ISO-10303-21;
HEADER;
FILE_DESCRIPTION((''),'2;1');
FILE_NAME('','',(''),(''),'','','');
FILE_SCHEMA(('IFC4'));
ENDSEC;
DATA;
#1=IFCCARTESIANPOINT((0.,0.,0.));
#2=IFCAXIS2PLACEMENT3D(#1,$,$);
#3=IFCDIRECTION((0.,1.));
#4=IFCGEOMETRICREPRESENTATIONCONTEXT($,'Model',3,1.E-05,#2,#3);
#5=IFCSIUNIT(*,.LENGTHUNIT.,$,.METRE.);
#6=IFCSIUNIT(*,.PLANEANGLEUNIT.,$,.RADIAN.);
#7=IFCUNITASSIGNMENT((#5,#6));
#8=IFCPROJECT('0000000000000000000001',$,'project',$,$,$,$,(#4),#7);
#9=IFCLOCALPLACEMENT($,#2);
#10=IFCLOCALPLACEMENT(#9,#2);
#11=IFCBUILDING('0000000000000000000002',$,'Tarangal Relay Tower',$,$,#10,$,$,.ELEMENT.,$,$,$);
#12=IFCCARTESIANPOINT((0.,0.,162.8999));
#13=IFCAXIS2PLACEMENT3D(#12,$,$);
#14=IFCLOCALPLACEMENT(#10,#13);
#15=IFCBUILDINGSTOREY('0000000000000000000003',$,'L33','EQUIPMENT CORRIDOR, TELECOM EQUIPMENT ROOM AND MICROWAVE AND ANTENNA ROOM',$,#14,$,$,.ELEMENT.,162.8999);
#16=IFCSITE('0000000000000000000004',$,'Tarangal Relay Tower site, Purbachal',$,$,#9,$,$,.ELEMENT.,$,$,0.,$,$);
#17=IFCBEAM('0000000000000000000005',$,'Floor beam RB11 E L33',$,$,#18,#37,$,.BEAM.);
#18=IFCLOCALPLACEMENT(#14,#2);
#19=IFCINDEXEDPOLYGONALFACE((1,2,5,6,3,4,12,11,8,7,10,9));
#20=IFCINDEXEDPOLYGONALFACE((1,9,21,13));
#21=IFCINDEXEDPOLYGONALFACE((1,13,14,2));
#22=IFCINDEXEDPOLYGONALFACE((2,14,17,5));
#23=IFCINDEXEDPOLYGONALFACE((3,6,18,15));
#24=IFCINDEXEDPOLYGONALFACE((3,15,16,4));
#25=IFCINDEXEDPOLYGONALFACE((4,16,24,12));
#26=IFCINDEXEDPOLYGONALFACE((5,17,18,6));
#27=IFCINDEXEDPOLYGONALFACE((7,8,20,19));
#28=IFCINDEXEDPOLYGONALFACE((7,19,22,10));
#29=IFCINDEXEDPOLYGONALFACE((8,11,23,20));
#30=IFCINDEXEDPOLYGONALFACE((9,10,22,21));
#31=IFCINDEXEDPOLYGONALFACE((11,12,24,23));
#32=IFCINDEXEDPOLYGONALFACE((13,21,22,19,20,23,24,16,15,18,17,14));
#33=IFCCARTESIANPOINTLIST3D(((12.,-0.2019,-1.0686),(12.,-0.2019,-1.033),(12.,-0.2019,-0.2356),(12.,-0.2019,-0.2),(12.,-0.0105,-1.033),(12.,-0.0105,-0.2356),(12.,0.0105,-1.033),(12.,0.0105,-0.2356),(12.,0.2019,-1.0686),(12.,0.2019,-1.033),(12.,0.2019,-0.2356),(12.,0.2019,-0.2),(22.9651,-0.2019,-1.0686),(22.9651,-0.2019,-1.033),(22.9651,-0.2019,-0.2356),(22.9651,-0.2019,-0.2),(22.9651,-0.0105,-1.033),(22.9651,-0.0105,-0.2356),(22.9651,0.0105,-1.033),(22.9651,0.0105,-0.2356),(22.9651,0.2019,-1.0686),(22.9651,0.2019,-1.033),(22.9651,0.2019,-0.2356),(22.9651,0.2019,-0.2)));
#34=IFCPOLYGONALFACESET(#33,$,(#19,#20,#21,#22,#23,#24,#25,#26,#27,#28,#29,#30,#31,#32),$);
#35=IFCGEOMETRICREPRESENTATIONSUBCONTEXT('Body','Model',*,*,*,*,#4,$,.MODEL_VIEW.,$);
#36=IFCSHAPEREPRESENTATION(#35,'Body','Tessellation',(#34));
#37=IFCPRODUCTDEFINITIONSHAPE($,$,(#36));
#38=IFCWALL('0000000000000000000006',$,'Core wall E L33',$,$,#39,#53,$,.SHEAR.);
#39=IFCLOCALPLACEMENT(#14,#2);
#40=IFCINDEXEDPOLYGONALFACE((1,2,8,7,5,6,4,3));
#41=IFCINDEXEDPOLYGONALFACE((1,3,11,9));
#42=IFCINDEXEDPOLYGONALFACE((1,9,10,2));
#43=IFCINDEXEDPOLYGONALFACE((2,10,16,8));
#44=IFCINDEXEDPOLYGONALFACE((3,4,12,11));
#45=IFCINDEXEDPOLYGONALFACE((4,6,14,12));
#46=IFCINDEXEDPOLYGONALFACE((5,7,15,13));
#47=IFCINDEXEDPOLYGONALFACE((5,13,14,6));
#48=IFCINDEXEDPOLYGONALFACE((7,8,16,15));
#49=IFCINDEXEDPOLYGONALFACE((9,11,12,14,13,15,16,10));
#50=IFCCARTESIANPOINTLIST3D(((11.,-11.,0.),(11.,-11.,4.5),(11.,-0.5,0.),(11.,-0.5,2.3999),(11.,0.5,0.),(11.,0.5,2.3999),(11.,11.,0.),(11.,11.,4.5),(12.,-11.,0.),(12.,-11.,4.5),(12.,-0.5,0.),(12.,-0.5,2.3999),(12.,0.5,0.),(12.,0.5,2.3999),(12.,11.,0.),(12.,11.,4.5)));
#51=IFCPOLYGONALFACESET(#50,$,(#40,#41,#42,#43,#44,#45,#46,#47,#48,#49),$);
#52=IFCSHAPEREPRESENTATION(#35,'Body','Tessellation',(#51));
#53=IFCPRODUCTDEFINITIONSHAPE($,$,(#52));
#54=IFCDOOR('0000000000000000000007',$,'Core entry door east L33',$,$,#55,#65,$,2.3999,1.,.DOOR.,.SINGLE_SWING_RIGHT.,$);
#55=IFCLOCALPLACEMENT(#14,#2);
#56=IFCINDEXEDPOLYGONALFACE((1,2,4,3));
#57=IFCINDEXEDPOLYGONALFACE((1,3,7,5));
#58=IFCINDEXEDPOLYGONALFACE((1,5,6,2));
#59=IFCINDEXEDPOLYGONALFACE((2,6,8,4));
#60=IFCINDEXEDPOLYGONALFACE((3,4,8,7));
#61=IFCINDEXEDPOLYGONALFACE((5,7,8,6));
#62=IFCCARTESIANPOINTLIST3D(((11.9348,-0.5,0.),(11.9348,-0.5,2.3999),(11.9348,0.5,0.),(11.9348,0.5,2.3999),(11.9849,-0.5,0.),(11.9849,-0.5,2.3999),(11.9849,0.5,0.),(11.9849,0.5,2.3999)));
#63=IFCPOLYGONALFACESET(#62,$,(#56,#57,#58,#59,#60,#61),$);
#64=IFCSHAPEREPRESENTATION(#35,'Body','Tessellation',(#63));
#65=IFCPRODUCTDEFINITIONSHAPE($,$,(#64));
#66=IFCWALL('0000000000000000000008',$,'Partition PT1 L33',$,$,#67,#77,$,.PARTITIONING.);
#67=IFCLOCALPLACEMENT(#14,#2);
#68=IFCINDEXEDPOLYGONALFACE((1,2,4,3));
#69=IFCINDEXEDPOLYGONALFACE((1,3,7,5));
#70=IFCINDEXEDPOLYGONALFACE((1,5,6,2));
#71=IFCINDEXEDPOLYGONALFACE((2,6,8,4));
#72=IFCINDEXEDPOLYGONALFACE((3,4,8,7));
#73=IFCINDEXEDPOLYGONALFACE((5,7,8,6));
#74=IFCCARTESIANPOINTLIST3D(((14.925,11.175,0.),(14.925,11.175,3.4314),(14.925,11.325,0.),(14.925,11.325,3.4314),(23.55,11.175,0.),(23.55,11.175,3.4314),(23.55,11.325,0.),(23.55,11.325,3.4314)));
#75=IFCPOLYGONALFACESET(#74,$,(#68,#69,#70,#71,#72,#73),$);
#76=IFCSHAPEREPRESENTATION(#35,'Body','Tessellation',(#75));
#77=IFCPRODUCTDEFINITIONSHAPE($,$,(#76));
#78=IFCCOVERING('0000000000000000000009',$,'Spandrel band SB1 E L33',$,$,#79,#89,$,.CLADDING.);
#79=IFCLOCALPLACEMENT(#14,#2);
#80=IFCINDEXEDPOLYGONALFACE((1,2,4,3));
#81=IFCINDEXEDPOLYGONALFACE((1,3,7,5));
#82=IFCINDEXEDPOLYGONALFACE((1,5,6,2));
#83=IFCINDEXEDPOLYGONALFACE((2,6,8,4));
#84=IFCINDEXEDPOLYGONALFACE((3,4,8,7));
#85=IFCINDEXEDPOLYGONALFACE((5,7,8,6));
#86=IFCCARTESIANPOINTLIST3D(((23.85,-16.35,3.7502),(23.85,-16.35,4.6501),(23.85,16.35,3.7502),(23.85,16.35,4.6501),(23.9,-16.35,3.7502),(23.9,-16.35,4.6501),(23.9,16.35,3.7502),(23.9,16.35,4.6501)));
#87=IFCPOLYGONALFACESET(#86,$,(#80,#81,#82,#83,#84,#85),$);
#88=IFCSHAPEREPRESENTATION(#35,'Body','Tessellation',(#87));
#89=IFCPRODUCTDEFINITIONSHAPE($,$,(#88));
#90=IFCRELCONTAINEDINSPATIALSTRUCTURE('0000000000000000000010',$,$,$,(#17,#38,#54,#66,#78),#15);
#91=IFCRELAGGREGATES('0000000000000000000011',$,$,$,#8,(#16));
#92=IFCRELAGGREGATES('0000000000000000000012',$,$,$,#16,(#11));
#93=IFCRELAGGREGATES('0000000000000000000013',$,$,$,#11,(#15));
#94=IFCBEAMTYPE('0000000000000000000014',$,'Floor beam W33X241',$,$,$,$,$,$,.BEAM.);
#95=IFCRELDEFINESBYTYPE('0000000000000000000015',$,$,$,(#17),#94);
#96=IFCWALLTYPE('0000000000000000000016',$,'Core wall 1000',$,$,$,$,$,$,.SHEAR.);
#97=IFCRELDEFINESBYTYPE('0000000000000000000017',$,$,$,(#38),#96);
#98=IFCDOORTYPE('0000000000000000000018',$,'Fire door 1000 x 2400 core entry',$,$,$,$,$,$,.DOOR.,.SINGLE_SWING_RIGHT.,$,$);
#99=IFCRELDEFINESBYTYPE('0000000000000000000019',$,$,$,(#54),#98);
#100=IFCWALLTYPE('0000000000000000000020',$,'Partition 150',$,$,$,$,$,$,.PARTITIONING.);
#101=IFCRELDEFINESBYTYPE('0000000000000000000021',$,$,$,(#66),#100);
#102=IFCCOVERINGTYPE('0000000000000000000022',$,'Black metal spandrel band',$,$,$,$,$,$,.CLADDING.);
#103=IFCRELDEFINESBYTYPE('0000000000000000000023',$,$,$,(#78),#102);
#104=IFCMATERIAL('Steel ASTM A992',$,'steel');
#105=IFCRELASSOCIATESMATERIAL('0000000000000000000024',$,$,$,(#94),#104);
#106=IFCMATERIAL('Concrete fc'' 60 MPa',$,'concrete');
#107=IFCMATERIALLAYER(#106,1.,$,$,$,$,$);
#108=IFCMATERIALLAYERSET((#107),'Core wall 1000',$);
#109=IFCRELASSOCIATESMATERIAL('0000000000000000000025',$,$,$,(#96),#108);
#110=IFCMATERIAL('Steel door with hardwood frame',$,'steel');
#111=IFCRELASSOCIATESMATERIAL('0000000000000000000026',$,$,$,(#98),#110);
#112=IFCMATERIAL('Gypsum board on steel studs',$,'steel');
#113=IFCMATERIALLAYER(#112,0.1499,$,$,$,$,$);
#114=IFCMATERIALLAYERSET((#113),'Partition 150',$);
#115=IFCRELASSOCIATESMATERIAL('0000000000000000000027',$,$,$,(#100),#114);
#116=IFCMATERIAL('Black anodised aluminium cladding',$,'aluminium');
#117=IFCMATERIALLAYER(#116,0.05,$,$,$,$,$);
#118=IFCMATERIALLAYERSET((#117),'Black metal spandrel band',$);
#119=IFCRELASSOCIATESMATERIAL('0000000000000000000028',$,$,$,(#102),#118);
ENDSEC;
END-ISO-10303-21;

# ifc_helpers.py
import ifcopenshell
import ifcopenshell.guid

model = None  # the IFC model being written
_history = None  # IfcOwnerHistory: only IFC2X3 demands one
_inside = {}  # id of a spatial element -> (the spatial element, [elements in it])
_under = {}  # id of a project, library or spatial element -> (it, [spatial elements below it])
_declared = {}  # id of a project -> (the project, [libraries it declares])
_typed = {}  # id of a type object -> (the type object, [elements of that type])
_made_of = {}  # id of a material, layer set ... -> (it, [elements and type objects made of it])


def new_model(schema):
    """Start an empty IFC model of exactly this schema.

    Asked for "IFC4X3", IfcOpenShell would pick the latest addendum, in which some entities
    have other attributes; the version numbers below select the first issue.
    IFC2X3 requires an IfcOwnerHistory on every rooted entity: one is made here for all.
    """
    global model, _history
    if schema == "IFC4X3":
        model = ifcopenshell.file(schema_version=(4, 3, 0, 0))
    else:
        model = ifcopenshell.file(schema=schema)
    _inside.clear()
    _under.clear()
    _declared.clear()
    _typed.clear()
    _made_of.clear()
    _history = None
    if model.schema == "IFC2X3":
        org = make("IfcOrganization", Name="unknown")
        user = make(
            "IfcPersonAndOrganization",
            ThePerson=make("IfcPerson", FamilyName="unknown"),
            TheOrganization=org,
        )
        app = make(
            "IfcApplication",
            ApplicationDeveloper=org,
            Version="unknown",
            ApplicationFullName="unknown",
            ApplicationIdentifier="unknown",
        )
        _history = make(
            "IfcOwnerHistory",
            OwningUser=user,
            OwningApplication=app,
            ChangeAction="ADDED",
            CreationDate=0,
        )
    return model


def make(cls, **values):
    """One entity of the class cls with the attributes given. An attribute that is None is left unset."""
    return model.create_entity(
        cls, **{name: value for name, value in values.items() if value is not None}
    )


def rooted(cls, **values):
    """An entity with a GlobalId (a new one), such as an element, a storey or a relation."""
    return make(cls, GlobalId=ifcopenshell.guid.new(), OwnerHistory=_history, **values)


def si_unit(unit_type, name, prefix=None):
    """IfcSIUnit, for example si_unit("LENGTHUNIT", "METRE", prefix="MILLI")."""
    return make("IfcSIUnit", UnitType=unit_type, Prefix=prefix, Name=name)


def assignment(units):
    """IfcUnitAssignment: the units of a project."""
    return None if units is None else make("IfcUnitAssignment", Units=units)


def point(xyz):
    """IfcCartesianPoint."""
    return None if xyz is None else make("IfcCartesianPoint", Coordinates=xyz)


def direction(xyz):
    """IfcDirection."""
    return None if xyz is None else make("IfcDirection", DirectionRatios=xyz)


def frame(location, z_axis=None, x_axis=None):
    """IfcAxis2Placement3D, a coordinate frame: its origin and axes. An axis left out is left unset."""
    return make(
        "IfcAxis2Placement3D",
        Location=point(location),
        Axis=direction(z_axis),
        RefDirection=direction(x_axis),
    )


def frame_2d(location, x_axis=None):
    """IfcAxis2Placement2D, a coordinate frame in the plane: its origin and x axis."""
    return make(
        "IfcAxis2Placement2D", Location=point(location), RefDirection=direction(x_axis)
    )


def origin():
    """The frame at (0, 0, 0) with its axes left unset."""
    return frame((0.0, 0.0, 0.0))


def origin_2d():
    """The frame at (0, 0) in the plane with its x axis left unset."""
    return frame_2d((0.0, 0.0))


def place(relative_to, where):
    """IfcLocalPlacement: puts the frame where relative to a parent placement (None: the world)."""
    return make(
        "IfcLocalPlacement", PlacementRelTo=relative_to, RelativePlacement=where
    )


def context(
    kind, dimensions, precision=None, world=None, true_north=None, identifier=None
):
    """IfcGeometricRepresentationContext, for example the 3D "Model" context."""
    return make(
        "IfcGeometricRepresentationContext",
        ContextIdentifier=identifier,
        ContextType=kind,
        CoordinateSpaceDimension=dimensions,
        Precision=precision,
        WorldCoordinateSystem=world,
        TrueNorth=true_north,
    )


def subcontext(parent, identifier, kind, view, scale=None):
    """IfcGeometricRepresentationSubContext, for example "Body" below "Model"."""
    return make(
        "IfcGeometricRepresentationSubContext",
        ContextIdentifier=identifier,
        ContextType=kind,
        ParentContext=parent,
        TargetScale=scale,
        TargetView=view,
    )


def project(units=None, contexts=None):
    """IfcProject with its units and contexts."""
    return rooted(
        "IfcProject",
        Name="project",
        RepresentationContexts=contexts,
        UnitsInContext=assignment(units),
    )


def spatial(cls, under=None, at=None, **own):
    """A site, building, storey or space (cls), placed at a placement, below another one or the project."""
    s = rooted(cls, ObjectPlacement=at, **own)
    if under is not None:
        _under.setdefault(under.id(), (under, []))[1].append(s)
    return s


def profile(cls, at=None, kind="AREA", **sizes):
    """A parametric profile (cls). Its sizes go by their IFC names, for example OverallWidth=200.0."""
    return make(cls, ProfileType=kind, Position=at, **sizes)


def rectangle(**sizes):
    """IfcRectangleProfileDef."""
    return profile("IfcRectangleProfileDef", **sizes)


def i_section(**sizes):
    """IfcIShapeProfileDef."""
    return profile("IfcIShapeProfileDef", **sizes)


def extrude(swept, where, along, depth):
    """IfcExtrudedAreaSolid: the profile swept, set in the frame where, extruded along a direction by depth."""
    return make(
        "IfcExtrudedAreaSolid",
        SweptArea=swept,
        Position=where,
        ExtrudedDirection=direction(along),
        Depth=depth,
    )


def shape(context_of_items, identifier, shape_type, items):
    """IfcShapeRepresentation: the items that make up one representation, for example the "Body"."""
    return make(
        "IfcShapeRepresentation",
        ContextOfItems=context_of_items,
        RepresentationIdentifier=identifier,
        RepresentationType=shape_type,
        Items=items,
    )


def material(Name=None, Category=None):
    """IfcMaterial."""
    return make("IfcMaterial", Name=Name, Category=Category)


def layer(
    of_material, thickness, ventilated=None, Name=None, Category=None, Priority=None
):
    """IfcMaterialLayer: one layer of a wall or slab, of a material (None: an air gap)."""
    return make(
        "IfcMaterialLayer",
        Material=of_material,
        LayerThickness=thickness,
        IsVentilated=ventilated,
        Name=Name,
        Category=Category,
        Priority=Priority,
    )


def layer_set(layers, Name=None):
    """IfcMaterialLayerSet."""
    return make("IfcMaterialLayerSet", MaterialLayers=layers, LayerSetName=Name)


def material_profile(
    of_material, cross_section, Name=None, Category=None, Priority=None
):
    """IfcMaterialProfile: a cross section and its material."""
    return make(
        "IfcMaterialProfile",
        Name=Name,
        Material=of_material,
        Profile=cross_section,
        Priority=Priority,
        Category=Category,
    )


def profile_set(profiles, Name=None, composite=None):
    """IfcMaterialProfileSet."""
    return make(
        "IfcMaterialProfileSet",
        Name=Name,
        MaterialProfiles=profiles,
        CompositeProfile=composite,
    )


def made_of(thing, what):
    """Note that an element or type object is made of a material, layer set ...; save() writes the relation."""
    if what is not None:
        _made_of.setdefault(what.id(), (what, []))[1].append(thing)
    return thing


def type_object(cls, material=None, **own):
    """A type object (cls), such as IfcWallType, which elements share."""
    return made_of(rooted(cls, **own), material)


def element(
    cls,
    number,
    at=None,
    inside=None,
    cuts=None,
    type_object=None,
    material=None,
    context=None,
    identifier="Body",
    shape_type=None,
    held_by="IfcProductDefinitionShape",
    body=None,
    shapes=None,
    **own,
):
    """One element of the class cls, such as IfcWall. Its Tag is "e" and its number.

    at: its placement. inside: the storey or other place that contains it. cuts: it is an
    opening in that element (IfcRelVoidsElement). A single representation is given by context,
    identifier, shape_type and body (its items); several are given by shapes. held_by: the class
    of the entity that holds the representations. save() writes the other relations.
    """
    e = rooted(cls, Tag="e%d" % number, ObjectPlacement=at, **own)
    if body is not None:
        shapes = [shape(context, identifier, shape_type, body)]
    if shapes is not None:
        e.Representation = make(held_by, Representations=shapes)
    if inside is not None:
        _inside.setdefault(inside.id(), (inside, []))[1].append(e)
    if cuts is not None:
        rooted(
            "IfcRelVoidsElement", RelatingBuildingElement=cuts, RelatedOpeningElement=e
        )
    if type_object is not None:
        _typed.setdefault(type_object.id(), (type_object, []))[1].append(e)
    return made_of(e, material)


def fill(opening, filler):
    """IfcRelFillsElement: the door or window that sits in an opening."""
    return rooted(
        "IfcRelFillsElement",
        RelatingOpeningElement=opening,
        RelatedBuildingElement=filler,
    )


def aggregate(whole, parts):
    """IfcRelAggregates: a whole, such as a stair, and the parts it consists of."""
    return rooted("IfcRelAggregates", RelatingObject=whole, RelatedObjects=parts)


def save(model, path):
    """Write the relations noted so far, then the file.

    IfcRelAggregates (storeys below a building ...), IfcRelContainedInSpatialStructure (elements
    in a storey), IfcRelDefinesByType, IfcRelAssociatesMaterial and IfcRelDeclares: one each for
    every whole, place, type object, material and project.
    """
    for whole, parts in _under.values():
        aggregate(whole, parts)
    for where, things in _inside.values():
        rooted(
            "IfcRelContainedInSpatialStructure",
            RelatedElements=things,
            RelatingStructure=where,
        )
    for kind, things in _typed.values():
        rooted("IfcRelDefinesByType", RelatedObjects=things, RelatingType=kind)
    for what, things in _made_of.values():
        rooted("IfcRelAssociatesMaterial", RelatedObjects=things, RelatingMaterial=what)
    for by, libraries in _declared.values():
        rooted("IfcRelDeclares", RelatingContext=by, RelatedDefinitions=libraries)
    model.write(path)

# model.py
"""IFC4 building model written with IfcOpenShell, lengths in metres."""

from ifc_helpers import new_model, si_unit, direction, frame, frame_2d, origin, origin_2d, place, context, subcontext, project, spatial, rectangle, i_section, extrude, material, layer, layer_set, material_profile, profile_set, type_object, element, fill, save


model = new_model("IFC4")

# Units and contexts
model_context = context("Model", 3, precision=1e-05, world=origin(), true_north=direction((0.0, 1.0)))
body_context = subcontext(model_context, "Body", "Model", "MODEL_VIEW")
ifc_project = project(units=[si_unit("LENGTHUNIT", "METRE"), si_unit("PLANEANGLEUNIT", "RADIAN")], contexts=[model_context])

# Site, building, storey
site_placement = place(None, origin())
site = spatial("IfcSite", under=ifc_project, at=site_placement, Name="Tarangal Relay Tower site, Purbachal", CompositionType="ELEMENT", RefElevation=0.0)
building_placement = place(site_placement, origin())
building = spatial("IfcBuilding", under=site, at=building_placement, Name="Tarangal Relay Tower", CompositionType="ELEMENT")
storey_placement = place(building_placement, frame((0.0, 0.0, 162.8999)))
storey = spatial("IfcBuildingStorey", under=building, at=storey_placement, Name="L33", Description="EQUIPMENT CORRIDOR, TELECOM EQUIPMENT ROOM AND MICROWAVE AND ANTENNA ROOM", CompositionType="ELEMENT", Elevation=162.8999)

# Beam
ifc_material_1 = material(Name="Steel ASTM A992", Category="steel")
ifc_material_profile_1 = material_profile(ifc_material_1, i_section(OverallWidth=0.4038, OverallDepth=0.8687, WebThickness=0.021, FlangeThickness=0.0356, at=origin_2d()), Name="W33X241")
ifc_profile_set_1 = profile_set([ifc_material_profile_1], Name="Steel ASTM A992")
beam_type_1 = type_object("IfcBeamType", Name="Floor beam W33X241", PredefinedType="BEAM", material=ifc_profile_set_1)
for number, where, z_axis, x_axis, name in (
    (1, (12.0, 0.0, -0.6343), (1.0, 0.0, 0.0), (0.0, 1.0, 0.0), "Floor beam RB11 E L33"),
):
    element("IfcBeam", number, at=place(storey_placement, frame(where, z_axis=z_axis, x_axis=x_axis)), inside=storey, type_object=beam_type_1, Name=name, PredefinedType="BEAM", context=body_context, shape_type="SweptSolid", body=[
        extrude(i_section(OverallWidth=0.4038, OverallDepth=0.8687, WebThickness=0.021, FlangeThickness=0.0356, at=origin_2d()), origin(), (0.0, 0.0, 1.0), 10.9651),
    ])

# Wall, opening, door
ifc_material_2 = material(Name="Concrete fc' 60 MPa", Category="concrete")
ifc_layer_1 = layer(ifc_material_2, 1.0)
ifc_layer_set_1 = layer_set([ifc_layer_1], Name="Core wall 1000")
wall_type_1 = type_object("IfcWallType", Name="Core wall 1000", PredefinedType="SHEAR", material=ifc_layer_set_1)
wall_1_placement = place(storey_placement, frame((11.5, 11.0, 0.0), z_axis=(0.0, 0.0, 1.0), x_axis=(0.0, -1.0, 0.0)))
wall_1 = element("IfcWall", 2, at=wall_1_placement, inside=storey, type_object=wall_type_1, Name="Core wall E L33", PredefinedType="SHEAR", context=body_context, shape_type="SweptSolid", body=[
    extrude(rectangle(XDim=22.0, YDim=1.0, at=frame_2d((11.0, 0.0))), origin(), (0.0, 0.0, 1.0), 4.5),
])
opening_placement = place(wall_1_placement, frame((10.5, 0.0, 0.0)))
opening = element("IfcOpeningElement", 3, at=opening_placement, cuts=wall_1, PredefinedType="OPENING", context=body_context, shape_type="SweptSolid", body=[
    extrude(rectangle(XDim=1.0, YDim=2.3999, at=frame_2d((0.5, 1.2))), frame((0.0, 0.51, 0.0), z_axis=(0.0, -1.0, 0.0), x_axis=(1.0, 0.0, 0.0)), (0.0, 0.0, 1.0), 1.02),
])
ifc_material_3 = material(Name="Steel door with hardwood frame", Category="steel")
door_type = type_object("IfcDoorType", Name="Fire door 1000 x 2400 core entry", OperationType="SINGLE_SWING_RIGHT", PredefinedType="DOOR", material=ifc_material_3)
door_placement = place(opening_placement, origin())
door = element("IfcDoor", 4, at=door_placement, inside=storey, type_object=door_type, Name="Core entry door east L33", OperationType="SINGLE_SWING_RIGHT", OverallHeight=2.3999, OverallWidth=1.0, PredefinedType="DOOR", context=body_context, shape_type="SweptSolid", body=[
    extrude(rectangle(XDim=1.0, YDim=2.3999, at=frame_2d((0.5, 1.2))), frame((0.0, 0.4849, 0.0), z_axis=(0.0, -1.0, 0.0), x_axis=(1.0, 0.0, 0.0)), (0.0, 0.0, 1.0), 0.05),
])
fill(opening, door)

# Wall
ifc_material_4 = material(Name="Gypsum board on steel studs", Category="steel")
ifc_layer_2 = layer(ifc_material_4, 0.1499)
ifc_layer_set_2 = layer_set([ifc_layer_2], Name="Partition 150")
wall_type_2 = type_object("IfcWallType", Name="Partition 150", PredefinedType="PARTITIONING", material=ifc_layer_set_2)
wall_2_placement = place(storey_placement, frame((14.925, 11.25, 0.0), z_axis=(0.0, 0.0, 1.0), x_axis=(1.0, 0.0, 0.0)))
element("IfcWall", 5, at=wall_2_placement, inside=storey, type_object=wall_type_2, Name="Partition PT1 L33", PredefinedType="PARTITIONING", context=body_context, shape_type="SweptSolid", body=[
    extrude(rectangle(XDim=8.625, YDim=0.1499, at=frame_2d((4.3125, 0.0))), origin(), (0.0, 0.0, 1.0), 3.4314),
])

# Covering
ifc_material_5 = material(Name="Black anodised aluminium cladding", Category="aluminium")
ifc_layer_3 = layer(ifc_material_5, 0.05)
ifc_layer_set_3 = layer_set([ifc_layer_3], Name="Black metal spandrel band")
covering_type = type_object("IfcCoveringType", Name="Black metal spandrel band", PredefinedType="CLADDING", material=ifc_layer_set_3)
covering_placement = place(storey_placement, frame((23.875, 0.0, 3.7502), z_axis=(0.0, 0.0, 1.0), x_axis=(0.0, -1.0, 0.0)))
element("IfcCovering", 6, at=covering_placement, inside=storey, type_object=covering_type, Name="Spandrel band SB1 E L33", PredefinedType="CLADDING", context=body_context, shape_type="SweptSolid", body=[
    extrude(rectangle(XDim=32.7, YDim=0.05, at=origin_2d()), origin(), (0.0, 0.0, 1.0), 0.8999),
])

save(model, "model.ifc")
